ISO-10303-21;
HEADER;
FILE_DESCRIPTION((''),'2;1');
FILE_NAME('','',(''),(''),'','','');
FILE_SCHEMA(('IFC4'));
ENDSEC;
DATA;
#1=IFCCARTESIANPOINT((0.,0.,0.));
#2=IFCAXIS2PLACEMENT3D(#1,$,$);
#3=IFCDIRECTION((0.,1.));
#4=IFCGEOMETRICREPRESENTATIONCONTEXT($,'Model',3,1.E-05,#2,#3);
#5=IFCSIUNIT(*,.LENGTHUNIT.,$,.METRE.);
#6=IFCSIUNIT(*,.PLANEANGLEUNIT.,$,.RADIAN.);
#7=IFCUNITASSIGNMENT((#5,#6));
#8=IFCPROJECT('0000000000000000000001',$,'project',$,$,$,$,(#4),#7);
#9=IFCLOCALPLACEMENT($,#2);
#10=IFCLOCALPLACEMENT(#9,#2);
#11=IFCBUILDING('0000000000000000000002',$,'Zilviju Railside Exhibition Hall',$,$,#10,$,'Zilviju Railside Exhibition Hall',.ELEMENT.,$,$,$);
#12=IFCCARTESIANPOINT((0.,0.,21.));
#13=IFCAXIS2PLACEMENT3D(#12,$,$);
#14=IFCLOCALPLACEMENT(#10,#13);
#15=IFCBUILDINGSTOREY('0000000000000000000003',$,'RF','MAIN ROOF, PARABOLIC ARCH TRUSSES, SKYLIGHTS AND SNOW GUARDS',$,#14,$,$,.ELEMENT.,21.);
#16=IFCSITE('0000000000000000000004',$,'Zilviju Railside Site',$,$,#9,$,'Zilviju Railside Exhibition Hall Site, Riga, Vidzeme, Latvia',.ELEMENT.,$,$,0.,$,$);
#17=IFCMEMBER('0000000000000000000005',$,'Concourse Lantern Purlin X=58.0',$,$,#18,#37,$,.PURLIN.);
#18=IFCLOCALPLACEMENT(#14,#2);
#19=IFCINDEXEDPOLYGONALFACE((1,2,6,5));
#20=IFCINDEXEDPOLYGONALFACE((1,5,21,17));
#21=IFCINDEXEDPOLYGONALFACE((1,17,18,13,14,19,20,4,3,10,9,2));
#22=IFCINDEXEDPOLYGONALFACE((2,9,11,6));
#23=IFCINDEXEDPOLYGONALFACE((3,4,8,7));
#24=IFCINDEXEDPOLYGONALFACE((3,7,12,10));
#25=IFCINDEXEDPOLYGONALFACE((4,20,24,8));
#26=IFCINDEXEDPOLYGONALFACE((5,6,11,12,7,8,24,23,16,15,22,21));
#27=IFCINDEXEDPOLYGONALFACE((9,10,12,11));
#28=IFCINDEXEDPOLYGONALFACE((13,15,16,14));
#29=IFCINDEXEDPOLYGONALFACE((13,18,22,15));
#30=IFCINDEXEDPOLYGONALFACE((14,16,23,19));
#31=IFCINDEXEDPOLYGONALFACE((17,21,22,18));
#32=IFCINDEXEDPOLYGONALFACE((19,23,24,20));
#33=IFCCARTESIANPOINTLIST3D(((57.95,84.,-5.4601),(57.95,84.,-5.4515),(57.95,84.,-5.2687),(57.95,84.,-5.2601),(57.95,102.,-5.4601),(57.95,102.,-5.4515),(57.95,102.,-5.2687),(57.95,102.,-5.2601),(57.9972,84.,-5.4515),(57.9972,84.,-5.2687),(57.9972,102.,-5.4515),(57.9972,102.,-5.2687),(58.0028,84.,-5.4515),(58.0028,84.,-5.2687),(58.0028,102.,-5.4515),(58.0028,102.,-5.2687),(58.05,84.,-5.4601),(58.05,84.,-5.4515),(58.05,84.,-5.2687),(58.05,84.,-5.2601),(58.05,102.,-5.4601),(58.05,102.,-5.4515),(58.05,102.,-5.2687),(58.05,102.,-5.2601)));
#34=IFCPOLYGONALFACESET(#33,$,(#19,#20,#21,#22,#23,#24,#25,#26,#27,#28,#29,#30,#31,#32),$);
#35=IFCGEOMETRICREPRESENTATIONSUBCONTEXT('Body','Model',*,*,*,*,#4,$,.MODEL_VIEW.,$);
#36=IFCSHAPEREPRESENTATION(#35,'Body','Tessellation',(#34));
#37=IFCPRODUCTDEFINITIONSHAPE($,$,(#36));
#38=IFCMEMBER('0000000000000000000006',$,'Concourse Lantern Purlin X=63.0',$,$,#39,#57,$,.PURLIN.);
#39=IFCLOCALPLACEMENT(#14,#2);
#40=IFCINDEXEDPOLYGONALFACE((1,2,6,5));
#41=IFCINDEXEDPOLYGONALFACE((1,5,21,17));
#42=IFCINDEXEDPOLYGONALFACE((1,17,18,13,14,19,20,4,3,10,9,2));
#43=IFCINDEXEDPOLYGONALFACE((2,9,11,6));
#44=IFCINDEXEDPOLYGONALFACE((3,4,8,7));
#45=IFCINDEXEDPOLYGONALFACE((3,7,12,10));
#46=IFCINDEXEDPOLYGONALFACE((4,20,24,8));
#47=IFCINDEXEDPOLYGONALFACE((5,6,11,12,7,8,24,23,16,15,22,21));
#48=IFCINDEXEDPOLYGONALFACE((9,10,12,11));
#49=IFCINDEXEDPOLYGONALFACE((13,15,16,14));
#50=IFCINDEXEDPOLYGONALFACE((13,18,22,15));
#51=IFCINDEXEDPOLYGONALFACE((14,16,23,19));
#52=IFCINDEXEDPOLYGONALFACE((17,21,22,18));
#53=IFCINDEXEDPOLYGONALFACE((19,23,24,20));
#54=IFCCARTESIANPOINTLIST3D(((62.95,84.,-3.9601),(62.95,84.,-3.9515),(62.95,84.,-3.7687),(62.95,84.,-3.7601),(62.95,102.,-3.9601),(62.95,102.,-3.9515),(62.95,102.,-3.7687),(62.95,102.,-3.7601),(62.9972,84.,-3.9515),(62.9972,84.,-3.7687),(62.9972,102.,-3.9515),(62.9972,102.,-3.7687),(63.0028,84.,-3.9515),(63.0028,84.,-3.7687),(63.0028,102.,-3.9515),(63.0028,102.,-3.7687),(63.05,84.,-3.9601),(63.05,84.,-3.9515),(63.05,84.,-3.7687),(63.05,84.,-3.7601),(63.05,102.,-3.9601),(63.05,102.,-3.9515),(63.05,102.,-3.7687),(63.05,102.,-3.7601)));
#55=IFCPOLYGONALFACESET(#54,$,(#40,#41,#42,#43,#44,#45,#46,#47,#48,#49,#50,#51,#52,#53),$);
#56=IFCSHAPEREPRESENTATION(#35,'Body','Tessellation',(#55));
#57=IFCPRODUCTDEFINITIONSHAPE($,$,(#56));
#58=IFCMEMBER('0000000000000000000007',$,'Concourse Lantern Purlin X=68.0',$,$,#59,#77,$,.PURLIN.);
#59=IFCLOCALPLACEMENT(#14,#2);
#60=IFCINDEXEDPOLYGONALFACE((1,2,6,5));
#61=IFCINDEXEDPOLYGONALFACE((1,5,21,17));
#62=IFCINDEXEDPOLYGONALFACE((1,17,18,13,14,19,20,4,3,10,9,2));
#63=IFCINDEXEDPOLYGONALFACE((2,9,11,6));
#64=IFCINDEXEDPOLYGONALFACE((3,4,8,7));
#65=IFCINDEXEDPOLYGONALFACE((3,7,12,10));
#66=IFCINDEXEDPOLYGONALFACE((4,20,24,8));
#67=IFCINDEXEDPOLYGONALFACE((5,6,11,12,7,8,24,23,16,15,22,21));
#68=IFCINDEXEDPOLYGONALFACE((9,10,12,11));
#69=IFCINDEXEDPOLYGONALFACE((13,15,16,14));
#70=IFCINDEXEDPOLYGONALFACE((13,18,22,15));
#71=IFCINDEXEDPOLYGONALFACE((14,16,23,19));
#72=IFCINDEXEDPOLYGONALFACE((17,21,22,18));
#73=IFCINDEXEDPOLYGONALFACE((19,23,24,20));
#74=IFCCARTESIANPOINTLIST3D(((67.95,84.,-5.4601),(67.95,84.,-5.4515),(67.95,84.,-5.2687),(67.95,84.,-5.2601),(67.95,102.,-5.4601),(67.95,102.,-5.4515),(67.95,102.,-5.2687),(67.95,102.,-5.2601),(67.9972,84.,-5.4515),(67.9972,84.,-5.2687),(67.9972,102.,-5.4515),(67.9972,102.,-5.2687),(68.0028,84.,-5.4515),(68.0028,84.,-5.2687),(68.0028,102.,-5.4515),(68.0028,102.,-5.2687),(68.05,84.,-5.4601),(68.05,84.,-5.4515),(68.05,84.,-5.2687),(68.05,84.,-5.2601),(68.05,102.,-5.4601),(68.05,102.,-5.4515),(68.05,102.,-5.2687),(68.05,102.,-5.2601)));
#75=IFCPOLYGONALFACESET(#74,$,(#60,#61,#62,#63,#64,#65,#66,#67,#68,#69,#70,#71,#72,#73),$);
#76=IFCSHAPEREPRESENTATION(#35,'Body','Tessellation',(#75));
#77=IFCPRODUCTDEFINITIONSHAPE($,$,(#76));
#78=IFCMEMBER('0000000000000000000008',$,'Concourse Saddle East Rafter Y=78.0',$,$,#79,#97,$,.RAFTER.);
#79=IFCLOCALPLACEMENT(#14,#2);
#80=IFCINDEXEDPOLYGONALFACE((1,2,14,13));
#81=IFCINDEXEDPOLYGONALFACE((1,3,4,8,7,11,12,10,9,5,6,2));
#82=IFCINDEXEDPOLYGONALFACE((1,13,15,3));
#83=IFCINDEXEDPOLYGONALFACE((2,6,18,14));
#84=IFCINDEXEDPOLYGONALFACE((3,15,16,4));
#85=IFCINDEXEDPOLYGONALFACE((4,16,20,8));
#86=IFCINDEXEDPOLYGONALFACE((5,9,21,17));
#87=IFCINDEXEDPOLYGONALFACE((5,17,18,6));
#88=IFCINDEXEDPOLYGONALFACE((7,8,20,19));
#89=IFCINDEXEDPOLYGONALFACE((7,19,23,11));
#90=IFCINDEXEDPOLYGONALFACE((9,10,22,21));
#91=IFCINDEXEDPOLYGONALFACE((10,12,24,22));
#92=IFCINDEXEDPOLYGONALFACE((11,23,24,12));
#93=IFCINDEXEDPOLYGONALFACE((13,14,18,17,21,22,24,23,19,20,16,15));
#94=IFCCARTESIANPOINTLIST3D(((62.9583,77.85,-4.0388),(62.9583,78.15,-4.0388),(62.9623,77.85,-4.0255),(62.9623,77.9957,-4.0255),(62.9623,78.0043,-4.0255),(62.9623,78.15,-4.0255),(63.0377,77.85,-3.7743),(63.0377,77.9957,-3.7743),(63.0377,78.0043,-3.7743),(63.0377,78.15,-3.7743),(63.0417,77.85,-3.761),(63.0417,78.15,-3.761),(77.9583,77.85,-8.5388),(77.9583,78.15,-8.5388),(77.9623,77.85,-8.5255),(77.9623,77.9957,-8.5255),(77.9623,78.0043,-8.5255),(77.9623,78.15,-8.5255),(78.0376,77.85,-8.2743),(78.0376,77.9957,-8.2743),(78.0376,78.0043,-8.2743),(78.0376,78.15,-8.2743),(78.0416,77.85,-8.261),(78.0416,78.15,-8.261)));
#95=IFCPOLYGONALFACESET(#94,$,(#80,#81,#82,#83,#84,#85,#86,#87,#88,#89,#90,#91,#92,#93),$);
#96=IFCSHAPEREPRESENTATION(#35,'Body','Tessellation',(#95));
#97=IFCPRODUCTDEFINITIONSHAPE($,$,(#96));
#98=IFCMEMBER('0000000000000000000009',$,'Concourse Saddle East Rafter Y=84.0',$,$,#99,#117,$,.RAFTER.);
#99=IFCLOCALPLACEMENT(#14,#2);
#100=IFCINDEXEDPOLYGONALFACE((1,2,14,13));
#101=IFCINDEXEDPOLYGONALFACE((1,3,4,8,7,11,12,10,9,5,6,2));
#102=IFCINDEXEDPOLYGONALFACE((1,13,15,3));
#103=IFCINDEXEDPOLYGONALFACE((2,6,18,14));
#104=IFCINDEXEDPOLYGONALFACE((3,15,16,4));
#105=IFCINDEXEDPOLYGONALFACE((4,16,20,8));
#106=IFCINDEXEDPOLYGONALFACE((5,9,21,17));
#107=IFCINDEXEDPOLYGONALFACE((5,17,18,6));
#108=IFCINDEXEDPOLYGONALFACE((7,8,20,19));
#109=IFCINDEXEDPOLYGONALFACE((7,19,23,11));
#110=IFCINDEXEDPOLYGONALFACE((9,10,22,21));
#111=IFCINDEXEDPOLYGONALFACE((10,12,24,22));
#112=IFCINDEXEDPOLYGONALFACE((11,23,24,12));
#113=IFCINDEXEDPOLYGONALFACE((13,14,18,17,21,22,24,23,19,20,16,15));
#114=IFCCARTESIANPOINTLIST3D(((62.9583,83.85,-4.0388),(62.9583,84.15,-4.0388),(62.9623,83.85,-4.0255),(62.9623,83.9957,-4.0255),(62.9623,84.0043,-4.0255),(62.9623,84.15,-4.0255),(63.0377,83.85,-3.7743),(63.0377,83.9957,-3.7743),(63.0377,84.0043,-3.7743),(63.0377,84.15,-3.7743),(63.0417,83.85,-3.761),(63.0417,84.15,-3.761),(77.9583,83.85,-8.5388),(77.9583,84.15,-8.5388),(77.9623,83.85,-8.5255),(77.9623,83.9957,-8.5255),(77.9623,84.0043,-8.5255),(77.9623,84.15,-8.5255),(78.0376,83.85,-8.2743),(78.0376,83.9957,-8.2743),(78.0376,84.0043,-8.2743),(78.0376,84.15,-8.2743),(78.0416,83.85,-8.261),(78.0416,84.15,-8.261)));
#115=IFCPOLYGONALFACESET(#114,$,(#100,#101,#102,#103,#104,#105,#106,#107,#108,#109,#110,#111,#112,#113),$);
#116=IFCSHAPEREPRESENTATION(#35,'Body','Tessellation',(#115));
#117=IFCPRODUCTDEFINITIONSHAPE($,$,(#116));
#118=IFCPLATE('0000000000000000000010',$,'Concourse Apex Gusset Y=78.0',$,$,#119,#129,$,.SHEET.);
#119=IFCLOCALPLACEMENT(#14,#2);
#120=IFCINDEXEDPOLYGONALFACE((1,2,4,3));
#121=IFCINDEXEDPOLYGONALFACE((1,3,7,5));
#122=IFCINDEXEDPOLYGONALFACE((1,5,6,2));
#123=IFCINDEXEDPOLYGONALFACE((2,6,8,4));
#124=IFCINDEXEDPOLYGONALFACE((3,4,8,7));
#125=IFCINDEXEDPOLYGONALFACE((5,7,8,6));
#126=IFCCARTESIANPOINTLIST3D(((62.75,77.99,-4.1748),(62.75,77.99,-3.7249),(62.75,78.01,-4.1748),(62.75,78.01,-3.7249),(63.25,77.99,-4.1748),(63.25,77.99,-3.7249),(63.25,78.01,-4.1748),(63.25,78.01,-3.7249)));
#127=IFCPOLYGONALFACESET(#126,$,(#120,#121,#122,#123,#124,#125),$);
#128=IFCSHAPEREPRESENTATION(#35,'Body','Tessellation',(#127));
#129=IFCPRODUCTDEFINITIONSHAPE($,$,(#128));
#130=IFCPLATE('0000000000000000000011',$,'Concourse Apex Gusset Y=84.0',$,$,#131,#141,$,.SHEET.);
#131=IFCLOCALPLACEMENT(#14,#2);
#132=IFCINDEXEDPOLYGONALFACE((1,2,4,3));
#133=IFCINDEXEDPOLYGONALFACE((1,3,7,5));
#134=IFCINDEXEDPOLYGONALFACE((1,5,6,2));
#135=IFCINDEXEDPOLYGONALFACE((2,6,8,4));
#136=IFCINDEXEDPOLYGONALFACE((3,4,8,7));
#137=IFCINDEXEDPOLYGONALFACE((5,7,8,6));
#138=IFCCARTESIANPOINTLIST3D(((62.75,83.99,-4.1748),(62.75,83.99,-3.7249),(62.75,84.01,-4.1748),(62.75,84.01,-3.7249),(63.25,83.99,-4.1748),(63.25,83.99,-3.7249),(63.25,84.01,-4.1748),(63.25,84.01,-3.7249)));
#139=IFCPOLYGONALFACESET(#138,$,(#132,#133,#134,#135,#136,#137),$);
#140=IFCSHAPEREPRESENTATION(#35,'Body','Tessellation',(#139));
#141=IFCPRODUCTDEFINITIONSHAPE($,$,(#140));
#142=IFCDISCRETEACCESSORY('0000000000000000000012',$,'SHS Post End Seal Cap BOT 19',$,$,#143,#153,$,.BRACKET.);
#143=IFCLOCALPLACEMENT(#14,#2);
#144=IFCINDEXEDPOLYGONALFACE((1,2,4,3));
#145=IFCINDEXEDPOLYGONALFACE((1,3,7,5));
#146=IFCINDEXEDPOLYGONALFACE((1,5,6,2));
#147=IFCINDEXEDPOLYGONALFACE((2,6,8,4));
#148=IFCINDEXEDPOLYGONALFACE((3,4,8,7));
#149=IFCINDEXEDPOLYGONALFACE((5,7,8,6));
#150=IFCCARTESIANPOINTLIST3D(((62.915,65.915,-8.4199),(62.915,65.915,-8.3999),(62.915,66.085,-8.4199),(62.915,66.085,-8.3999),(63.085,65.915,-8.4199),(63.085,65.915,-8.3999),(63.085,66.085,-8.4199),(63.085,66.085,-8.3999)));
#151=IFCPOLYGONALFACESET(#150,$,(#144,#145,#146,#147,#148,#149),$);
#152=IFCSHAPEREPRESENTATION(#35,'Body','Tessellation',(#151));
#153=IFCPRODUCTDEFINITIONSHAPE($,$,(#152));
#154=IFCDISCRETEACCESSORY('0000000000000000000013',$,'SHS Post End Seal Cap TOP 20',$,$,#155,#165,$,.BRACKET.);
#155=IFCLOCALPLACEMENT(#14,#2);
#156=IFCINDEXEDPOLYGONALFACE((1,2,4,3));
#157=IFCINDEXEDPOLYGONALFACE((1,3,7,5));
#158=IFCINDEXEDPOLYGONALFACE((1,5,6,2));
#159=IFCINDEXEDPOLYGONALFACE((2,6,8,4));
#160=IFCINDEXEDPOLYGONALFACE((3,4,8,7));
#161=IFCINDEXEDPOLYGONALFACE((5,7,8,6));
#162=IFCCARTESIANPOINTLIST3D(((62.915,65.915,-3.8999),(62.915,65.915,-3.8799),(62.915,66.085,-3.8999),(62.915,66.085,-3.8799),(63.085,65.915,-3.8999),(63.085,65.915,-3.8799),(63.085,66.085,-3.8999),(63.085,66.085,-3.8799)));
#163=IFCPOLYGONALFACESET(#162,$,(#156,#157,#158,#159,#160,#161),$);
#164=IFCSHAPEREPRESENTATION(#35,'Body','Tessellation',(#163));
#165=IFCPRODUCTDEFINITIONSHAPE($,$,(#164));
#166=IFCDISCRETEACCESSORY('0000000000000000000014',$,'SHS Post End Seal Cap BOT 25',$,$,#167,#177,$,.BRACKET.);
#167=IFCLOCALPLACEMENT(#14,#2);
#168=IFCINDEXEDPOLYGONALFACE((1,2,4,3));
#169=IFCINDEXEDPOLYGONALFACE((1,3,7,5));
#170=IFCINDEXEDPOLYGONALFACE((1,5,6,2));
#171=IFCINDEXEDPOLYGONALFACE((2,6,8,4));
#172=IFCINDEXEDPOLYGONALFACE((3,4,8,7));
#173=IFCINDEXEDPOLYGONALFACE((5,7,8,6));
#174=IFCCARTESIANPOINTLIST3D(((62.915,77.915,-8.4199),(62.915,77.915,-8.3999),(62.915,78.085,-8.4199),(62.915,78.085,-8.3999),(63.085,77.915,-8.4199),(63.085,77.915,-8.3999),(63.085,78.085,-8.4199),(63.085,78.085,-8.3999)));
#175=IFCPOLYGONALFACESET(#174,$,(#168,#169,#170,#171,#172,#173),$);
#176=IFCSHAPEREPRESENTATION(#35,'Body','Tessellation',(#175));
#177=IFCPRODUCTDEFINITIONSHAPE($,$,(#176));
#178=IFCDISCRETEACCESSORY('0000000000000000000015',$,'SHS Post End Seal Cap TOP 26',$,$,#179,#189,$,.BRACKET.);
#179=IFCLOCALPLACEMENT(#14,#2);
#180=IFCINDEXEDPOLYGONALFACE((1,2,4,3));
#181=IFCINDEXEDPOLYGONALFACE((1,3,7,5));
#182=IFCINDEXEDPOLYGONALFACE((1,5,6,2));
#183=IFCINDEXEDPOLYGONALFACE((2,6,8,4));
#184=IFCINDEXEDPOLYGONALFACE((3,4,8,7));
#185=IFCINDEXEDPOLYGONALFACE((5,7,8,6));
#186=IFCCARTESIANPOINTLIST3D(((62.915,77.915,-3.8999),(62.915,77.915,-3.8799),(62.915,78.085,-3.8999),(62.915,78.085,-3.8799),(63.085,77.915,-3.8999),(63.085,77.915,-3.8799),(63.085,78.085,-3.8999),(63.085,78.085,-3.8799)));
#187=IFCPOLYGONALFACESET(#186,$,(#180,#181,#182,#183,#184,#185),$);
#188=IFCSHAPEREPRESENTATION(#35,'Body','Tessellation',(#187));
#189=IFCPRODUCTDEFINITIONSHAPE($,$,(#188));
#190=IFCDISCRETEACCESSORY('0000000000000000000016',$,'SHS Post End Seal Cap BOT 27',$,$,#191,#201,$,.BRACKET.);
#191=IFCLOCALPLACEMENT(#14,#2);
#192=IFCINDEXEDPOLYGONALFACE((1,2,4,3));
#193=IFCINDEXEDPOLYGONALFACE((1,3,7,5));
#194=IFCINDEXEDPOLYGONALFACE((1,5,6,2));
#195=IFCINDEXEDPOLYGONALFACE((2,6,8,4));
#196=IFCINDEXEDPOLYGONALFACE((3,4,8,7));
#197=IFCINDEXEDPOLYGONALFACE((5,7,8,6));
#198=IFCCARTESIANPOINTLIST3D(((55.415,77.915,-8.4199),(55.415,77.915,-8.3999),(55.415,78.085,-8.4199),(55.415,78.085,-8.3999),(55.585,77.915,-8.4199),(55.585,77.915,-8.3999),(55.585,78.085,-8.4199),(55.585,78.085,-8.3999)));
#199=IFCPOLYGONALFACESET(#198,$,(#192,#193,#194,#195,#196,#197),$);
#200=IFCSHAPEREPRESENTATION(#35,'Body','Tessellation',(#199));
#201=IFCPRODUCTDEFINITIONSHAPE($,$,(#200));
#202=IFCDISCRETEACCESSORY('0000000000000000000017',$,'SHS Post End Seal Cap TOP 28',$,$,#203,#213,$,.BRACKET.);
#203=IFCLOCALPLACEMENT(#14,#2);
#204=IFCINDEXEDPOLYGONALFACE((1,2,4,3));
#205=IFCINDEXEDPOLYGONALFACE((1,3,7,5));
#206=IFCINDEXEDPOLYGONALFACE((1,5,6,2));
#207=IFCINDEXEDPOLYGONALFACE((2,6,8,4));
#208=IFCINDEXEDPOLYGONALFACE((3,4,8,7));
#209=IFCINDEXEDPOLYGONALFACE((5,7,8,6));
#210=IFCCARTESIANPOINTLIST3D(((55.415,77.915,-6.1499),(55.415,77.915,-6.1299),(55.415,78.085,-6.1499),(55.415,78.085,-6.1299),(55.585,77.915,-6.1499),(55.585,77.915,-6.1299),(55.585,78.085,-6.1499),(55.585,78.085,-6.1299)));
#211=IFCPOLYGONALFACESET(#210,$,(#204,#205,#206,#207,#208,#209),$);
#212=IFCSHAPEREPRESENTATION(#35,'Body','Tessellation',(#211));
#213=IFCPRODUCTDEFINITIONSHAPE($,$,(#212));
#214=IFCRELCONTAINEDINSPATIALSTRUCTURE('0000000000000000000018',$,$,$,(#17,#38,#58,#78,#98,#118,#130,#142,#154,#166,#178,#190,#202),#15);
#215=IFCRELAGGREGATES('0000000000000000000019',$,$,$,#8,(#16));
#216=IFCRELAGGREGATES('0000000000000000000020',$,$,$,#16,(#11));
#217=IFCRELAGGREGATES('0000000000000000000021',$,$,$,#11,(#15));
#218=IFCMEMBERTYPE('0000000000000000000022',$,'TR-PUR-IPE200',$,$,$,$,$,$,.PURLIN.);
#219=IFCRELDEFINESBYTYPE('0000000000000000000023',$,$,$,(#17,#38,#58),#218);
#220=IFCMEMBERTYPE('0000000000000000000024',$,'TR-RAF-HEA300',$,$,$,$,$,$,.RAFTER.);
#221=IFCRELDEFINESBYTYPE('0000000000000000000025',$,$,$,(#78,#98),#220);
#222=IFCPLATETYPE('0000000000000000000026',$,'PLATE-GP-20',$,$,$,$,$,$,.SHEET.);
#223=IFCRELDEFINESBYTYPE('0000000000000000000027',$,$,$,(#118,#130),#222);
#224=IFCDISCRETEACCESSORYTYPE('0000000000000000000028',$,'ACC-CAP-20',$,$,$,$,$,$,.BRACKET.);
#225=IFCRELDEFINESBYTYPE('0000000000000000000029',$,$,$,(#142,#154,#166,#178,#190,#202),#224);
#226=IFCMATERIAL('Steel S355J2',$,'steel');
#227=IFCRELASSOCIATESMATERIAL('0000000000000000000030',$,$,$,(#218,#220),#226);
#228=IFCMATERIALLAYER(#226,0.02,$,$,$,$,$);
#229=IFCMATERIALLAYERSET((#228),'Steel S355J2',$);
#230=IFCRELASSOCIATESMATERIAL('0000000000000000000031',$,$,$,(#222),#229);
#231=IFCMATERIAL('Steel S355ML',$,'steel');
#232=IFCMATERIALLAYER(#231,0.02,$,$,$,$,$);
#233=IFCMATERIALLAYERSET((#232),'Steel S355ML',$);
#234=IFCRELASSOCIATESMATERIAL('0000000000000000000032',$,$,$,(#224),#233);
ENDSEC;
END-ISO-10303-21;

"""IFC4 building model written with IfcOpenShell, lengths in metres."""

from ifc_helpers import new_model, si_unit, direction, frame, origin, origin_2d, place, context, subcontext, project, spatial, rectangle, i_section, extrude, material, layer, layer_set, material_profile, profile_set, type_object, element, save


model = new_model("IFC4")

# Units and contexts
model_context = context("Model", 3, precision=1e-05, world=origin(), true_north=direction((0.0, 1.0)))
body_context = subcontext(model_context, "Body", "Model", "MODEL_VIEW")
ifc_project = project(units=[si_unit("LENGTHUNIT", "METRE"), si_unit("PLANEANGLEUNIT", "RADIAN")], contexts=[model_context])

# Site, building, storey
site_placement = place(None, origin())
site = spatial("IfcSite", under=ifc_project, at=site_placement, Name="Zilviju Railside Site", LongName="Zilviju Railside Exhibition Hall Site, Riga, Vidzeme, Latvia", CompositionType="ELEMENT", RefElevation=0.0)
building_placement = place(site_placement, origin())
building = spatial("IfcBuilding", under=site, at=building_placement, Name="Zilviju Railside Exhibition Hall", LongName="Zilviju Railside Exhibition Hall", CompositionType="ELEMENT")
storey_placement = place(building_placement, frame((0.0, 0.0, 21.0)))
storey = spatial("IfcBuildingStorey", under=building, at=storey_placement, Name="RF", Description="MAIN ROOF, PARABOLIC ARCH TRUSSES, SKYLIGHTS AND SNOW GUARDS", CompositionType="ELEMENT", Elevation=21.0)

# Members
ifc_material_1 = material(Name="Steel S355J2", Category="steel")
ifc_material_profile_1 = material_profile(ifc_material_1, i_section(OverallWidth=0.1001, OverallDepth=0.2, WebThickness=0.0056, FlangeThickness=0.0085, at=origin_2d()), Name="IPE 200")
ifc_profile_set_1 = profile_set([ifc_material_profile_1], Name="Steel S355J2")
member_type_1 = type_object("IfcMemberType", Name="TR-PUR-IPE200", PredefinedType="PURLIN", material=ifc_profile_set_1)
for number, where, z_axis, x_axis, name in (
    (1, (58.0, 84.0, -5.3601), (0.0, 1.0, 0.0), (-1.0, 0.0, 0.0), "Concourse Lantern Purlin X=58.0"),
    (2, (63.0, 84.0, -3.8601), (0.0, 1.0, 0.0), (-1.0, 0.0, 0.0), "Concourse Lantern Purlin X=63.0"),
    (3, (68.0, 84.0, -5.3601), (0.0, 1.0, 0.0), (-1.0, 0.0, 0.0), "Concourse Lantern Purlin X=68.0"),
):
    element("IfcMember", number, at=place(storey_placement, frame(where, z_axis=z_axis, x_axis=x_axis)), inside=storey, type_object=member_type_1, Name=name, PredefinedType="PURLIN", context=body_context, shape_type="SweptSolid", body=[
        extrude(i_section(OverallWidth=0.1001, OverallDepth=0.2, WebThickness=0.0056, FlangeThickness=0.0085, at=origin_2d()), origin(), (0.0, 0.0, 1.0), 18.0),
    ])
ifc_material_profile_2 = material_profile(ifc_material_1, i_section(OverallWidth=0.3, OverallDepth=0.29, WebThickness=0.0085, FlangeThickness=0.0139, at=origin_2d()), Name="HEA 300")
ifc_profile_set_2 = profile_set([ifc_material_profile_2], Name="Steel S355J2")
member_type_2 = type_object("IfcMemberType", Name="TR-RAF-HEA300", PredefinedType="RAFTER", material=ifc_profile_set_2)
for number, where, z_axis, x_axis, name in (
    (4, (63.0, 78.0, -3.8999), (0.957826, 0.0, -0.287348), (0.0, 1.0, 0.0), "Concourse Saddle East Rafter Y=78.0"),
    (5, (63.0, 84.0, -3.8999), (0.957826, 0.0, -0.287348), (0.0, 1.0, 0.0), "Concourse Saddle East Rafter Y=84.0"),
):
    element("IfcMember", number, at=place(storey_placement, frame(where, z_axis=z_axis, x_axis=x_axis)), inside=storey, type_object=member_type_2, Name=name, PredefinedType="RAFTER", context=body_context, shape_type="SweptSolid", body=[
        extrude(i_section(OverallWidth=0.3, OverallDepth=0.29, WebThickness=0.0085, FlangeThickness=0.0139, at=origin_2d()), origin(), (0.0, 0.0, 1.0), 15.6604),
    ])

# Plates
ifc_layer_1 = layer(ifc_material_1, 0.02)
ifc_layer_set_1 = layer_set([ifc_layer_1], Name="Steel S355J2")
plate_type = type_object("IfcPlateType", Name="PLATE-GP-20", PredefinedType="SHEET", material=ifc_layer_set_1)
for number, where, z_axis, x_axis, name in (
    (6, (63.0, 78.0, -4.1748), (0.0, 0.0, 1.0), (1.0, 0.0, 0.0), "Concourse Apex Gusset Y=78.0"),
    (7, (63.0, 84.0, -4.1748), (0.0, 0.0, 1.0), (1.0, 0.0, 0.0), "Concourse Apex Gusset Y=84.0"),
):
    element("IfcPlate", number, at=place(storey_placement, frame(where, z_axis=z_axis, x_axis=x_axis)), inside=storey, type_object=plate_type, Name=name, PredefinedType="SHEET", context=body_context, shape_type="SweptSolid", body=[
        extrude(rectangle(XDim=0.5, YDim=0.02, at=origin_2d()), origin(), (0.0, 0.0, 1.0), 0.45),
    ])

# Discrete accessories
ifc_material_2 = material(Name="Steel S355ML", Category="steel")
ifc_layer_2 = layer(ifc_material_2, 0.02)
ifc_layer_set_2 = layer_set([ifc_layer_2], Name="Steel S355ML")
discrete_accessory_type = type_object("IfcDiscreteAccessoryType", Name="ACC-CAP-20", PredefinedType="BRACKET", material=ifc_layer_set_2)
for number, where, z_axis, x_axis, name in (
    (8, (63.0, 66.0, -8.4199), (0.0, 0.0, 1.0), (1.0, 0.0, 0.0), "SHS Post End Seal Cap BOT 19"),
    (9, (63.0, 66.0, -3.8999), (0.0, 0.0, 1.0), (1.0, 0.0, 0.0), "SHS Post End Seal Cap TOP 20"),
    (10, (63.0, 78.0, -8.4199), (0.0, 0.0, 1.0), (1.0, 0.0, 0.0), "SHS Post End Seal Cap BOT 25"),
    (11, (63.0, 78.0, -3.8999), (0.0, 0.0, 1.0), (1.0, 0.0, 0.0), "SHS Post End Seal Cap TOP 26"),
    (12, (55.5, 78.0, -8.4199), (0.0, 0.0, 1.0), (1.0, 0.0, 0.0), "SHS Post End Seal Cap BOT 27"),
    (13, (55.5, 78.0, -6.1499), (0.0, 0.0, 1.0), (1.0, 0.0, 0.0), "SHS Post End Seal Cap TOP 28"),
):
    element("IfcDiscreteAccessory", number, at=place(storey_placement, frame(where, z_axis=z_axis, x_axis=x_axis)), inside=storey, type_object=discrete_accessory_type, Name=name, PredefinedType="BRACKET", context=body_context, shape_type="SweptSolid", body=[
        extrude(rectangle(XDim=0.1699, YDim=0.1699, at=origin_2d()), origin(), (0.0, 0.0, 1.0), 0.02),
    ])

save(model, "model.ifc")
